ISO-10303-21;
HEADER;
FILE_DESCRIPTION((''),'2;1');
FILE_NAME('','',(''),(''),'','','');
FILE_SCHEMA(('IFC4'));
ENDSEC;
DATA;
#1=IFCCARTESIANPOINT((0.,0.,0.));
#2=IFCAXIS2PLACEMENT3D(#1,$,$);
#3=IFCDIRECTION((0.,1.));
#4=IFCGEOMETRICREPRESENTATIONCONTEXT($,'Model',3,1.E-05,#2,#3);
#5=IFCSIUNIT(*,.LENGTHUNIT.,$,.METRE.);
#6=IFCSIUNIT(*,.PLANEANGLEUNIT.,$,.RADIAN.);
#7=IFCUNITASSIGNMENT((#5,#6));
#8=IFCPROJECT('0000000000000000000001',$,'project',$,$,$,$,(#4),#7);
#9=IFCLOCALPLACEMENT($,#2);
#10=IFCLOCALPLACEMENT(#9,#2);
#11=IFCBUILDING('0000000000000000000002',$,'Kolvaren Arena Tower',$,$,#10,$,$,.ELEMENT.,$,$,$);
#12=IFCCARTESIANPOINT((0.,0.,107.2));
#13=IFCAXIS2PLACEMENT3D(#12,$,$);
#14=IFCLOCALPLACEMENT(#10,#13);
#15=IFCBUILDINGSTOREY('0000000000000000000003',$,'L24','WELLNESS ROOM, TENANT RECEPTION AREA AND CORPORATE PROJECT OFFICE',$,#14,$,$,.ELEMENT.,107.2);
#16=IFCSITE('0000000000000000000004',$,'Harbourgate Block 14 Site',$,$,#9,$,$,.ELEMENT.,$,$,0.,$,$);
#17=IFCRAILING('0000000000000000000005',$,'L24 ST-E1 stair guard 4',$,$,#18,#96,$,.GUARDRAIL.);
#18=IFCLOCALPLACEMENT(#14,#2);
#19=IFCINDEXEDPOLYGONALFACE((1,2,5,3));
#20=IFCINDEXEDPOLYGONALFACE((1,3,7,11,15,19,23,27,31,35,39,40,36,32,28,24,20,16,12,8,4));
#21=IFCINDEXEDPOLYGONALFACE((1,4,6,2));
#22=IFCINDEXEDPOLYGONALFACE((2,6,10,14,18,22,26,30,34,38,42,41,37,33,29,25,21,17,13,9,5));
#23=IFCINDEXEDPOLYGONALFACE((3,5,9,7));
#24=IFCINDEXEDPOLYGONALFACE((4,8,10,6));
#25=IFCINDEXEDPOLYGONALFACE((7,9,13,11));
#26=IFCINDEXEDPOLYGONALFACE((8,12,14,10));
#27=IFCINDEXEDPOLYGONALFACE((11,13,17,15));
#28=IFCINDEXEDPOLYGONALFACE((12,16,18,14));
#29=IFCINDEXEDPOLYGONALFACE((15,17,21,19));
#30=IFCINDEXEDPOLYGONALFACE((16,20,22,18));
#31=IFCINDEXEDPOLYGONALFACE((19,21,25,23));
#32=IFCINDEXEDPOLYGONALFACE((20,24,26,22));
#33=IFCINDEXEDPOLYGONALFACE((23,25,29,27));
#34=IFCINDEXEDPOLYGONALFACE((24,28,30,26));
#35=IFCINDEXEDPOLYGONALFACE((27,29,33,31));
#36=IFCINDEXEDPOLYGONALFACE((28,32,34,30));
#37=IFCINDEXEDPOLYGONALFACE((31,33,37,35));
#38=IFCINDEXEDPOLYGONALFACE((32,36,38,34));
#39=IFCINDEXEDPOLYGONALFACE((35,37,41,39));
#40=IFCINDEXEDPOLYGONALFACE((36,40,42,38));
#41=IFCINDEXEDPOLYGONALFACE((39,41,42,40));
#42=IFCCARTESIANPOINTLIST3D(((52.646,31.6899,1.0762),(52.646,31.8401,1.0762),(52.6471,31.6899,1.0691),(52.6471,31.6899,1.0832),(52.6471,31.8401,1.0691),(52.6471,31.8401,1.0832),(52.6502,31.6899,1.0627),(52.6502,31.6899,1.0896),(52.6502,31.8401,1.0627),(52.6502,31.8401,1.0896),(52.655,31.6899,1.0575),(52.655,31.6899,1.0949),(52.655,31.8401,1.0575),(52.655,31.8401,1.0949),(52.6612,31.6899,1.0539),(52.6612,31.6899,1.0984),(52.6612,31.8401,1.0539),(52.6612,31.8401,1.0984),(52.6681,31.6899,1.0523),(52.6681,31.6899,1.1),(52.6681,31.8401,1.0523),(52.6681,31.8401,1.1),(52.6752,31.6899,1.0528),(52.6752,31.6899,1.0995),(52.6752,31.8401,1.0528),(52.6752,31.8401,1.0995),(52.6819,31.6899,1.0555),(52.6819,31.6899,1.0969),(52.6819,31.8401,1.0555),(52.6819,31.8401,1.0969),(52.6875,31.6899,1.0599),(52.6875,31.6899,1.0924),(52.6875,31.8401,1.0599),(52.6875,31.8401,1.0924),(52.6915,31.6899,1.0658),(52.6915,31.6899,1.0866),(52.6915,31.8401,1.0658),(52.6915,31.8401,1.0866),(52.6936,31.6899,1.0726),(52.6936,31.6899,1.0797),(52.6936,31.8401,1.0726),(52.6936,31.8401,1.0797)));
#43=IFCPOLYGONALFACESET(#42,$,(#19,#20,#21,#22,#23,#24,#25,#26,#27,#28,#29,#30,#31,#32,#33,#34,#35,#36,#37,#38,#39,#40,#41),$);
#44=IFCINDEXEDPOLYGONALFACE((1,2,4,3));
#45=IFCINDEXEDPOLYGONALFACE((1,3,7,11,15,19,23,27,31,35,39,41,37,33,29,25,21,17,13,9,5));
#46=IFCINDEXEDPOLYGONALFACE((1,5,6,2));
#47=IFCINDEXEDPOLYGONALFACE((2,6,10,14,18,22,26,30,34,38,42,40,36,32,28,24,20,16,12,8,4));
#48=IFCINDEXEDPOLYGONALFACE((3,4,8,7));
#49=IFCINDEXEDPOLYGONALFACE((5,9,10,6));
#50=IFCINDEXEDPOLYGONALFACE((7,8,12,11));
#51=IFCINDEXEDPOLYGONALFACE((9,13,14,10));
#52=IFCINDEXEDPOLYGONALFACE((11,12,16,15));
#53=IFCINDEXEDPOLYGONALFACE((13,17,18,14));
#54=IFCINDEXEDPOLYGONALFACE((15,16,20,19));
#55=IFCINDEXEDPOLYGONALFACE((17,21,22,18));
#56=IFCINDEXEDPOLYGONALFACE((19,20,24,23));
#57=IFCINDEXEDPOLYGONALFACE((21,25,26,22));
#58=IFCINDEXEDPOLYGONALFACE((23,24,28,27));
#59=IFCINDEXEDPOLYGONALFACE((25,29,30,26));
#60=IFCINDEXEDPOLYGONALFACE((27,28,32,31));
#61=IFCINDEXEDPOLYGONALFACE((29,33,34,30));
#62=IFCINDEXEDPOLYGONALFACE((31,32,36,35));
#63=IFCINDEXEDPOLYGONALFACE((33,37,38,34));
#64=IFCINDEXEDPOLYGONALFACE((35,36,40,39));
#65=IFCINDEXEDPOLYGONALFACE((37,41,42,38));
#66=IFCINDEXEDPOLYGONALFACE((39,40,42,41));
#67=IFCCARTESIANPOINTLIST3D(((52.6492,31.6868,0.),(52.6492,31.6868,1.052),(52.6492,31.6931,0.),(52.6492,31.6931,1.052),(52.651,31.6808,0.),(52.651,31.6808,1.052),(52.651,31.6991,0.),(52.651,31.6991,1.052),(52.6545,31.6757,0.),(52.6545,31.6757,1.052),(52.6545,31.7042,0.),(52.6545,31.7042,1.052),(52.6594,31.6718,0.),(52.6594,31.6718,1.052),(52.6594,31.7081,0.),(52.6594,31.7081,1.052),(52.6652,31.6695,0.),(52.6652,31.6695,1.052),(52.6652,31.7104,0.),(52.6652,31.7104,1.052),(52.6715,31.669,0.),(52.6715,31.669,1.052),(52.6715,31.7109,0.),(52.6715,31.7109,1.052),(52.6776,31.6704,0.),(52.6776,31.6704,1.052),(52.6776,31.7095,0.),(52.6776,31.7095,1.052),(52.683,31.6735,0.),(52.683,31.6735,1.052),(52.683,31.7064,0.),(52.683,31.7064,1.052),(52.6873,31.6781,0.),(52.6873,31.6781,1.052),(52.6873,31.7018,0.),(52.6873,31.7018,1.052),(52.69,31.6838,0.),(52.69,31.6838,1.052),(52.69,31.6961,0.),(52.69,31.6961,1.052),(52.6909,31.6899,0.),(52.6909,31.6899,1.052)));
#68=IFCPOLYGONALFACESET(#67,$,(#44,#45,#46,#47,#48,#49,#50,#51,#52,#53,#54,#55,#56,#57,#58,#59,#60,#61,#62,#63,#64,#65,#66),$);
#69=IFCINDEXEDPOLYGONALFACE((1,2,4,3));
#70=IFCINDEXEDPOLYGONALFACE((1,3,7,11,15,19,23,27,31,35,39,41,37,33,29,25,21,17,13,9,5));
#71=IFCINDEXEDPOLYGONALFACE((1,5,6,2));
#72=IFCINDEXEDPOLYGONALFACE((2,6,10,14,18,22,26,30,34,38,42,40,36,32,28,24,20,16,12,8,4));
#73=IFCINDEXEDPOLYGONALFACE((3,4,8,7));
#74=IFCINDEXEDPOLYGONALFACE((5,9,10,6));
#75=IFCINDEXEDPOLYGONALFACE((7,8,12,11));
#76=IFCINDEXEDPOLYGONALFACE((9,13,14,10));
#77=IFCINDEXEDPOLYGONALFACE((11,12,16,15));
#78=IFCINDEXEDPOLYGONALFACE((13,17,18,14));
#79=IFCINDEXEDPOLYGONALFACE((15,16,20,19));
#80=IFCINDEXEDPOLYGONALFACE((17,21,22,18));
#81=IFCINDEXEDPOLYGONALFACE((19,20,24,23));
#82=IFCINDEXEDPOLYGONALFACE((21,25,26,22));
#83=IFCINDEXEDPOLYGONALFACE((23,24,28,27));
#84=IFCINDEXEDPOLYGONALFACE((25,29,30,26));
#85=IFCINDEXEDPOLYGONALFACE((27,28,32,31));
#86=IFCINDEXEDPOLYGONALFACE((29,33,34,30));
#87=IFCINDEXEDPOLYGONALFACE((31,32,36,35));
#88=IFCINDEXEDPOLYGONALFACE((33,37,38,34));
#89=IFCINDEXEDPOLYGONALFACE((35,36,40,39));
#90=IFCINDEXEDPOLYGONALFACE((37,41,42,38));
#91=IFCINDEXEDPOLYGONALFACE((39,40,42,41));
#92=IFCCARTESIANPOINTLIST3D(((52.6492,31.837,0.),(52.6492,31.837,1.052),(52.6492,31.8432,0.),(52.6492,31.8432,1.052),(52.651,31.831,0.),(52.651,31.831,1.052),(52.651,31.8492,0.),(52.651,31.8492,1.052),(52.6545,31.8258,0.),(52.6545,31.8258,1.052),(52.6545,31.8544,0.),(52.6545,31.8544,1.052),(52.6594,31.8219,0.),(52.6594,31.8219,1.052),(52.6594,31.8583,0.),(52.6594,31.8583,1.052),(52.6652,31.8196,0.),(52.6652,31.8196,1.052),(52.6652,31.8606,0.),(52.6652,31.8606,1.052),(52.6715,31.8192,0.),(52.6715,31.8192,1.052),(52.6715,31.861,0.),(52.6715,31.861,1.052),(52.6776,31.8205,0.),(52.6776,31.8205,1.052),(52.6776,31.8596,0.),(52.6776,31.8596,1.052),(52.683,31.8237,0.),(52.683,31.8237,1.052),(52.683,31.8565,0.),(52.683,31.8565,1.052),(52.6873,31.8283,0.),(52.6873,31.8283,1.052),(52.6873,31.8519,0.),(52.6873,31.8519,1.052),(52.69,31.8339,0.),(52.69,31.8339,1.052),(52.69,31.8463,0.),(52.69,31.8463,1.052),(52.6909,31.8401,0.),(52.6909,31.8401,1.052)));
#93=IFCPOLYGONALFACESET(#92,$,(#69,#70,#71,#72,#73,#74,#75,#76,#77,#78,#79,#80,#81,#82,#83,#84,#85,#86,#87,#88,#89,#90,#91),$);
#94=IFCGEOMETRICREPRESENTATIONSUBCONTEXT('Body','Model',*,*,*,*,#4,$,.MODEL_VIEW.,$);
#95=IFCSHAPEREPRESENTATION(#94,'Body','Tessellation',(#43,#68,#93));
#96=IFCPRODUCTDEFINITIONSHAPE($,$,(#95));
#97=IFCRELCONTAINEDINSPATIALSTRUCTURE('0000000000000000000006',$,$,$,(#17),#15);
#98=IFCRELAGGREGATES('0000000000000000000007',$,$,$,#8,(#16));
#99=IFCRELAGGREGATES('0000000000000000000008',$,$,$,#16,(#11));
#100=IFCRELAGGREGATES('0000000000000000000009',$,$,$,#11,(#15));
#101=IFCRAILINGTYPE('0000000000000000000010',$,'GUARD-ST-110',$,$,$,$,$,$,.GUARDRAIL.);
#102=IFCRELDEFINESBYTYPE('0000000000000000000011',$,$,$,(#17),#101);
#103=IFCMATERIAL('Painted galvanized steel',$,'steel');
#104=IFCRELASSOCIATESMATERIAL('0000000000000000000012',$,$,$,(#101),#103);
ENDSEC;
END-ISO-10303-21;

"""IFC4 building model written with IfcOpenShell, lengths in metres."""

from ifc_helpers import new_model, si_unit, direction, frame, origin, origin_2d, place, context, subcontext, project, spatial, circle, extrude, material, type_object, element, save


model = new_model("IFC4")

# Units and contexts
model_context = context("Model", 3, precision=1e-05, world=origin(), true_north=direction((0.0, 1.0)))
body_context = subcontext(model_context, "Body", "Model", "MODEL_VIEW")
ifc_project = project(units=[si_unit("LENGTHUNIT", "METRE"), si_unit("PLANEANGLEUNIT", "RADIAN")], contexts=[model_context])

# Site, building, storey
site_placement = place(None, origin())
site = spatial("IfcSite", under=ifc_project, at=site_placement, Name="Harbourgate Block 14 Site", CompositionType="ELEMENT", RefElevation=0.0)
building_placement = place(site_placement, origin())
building = spatial("IfcBuilding", under=site, at=building_placement, Name="Kolvaren Arena Tower", CompositionType="ELEMENT")
storey_placement = place(building_placement, frame((0.0, 0.0, 107.2)))
storey = spatial("IfcBuildingStorey", under=building, at=storey_placement, Name="L24", Description="WELLNESS ROOM, TENANT RECEPTION AREA AND CORPORATE PROJECT OFFICE", CompositionType="ELEMENT", Elevation=107.2)

# Railing
ifc_material_1 = material(Name="Painted galvanized steel", Category="steel")
railing_type_1 = type_object("IfcRailingType", Name="GUARD-ST-110", PredefinedType="GUARDRAIL", material=ifc_material_1)
railing_1_placement = place(storey_placement, frame((52.6699, 31.6899, 0.0)))
element("IfcRailing", 1, at=railing_1_placement, inside=storey, type_object=railing_type_1, Name="L24 ST-E1 stair guard 4", PredefinedType="GUARDRAIL", context=body_context, shape_type="SweptSolid", body=[
    extrude(circle(Radius=0.0239, at=origin_2d()), frame((0.0, 0.0, 1.0762), z_axis=(0.0, 1.0, 0.0), x_axis=(-1.0, 0.0, 0.0)), (0.0, 0.0, 1.0), 0.1501),
    extrude(circle(Radius=0.021, at=origin_2d()), origin(), (0.0, 0.0, 1.0), 1.052),
    extrude(circle(Radius=0.021, at=origin_2d()), frame((0.0, 0.1501, 0.0)), (0.0, 0.0, 1.0), 1.052),
])

save(model, "model.ifc")
